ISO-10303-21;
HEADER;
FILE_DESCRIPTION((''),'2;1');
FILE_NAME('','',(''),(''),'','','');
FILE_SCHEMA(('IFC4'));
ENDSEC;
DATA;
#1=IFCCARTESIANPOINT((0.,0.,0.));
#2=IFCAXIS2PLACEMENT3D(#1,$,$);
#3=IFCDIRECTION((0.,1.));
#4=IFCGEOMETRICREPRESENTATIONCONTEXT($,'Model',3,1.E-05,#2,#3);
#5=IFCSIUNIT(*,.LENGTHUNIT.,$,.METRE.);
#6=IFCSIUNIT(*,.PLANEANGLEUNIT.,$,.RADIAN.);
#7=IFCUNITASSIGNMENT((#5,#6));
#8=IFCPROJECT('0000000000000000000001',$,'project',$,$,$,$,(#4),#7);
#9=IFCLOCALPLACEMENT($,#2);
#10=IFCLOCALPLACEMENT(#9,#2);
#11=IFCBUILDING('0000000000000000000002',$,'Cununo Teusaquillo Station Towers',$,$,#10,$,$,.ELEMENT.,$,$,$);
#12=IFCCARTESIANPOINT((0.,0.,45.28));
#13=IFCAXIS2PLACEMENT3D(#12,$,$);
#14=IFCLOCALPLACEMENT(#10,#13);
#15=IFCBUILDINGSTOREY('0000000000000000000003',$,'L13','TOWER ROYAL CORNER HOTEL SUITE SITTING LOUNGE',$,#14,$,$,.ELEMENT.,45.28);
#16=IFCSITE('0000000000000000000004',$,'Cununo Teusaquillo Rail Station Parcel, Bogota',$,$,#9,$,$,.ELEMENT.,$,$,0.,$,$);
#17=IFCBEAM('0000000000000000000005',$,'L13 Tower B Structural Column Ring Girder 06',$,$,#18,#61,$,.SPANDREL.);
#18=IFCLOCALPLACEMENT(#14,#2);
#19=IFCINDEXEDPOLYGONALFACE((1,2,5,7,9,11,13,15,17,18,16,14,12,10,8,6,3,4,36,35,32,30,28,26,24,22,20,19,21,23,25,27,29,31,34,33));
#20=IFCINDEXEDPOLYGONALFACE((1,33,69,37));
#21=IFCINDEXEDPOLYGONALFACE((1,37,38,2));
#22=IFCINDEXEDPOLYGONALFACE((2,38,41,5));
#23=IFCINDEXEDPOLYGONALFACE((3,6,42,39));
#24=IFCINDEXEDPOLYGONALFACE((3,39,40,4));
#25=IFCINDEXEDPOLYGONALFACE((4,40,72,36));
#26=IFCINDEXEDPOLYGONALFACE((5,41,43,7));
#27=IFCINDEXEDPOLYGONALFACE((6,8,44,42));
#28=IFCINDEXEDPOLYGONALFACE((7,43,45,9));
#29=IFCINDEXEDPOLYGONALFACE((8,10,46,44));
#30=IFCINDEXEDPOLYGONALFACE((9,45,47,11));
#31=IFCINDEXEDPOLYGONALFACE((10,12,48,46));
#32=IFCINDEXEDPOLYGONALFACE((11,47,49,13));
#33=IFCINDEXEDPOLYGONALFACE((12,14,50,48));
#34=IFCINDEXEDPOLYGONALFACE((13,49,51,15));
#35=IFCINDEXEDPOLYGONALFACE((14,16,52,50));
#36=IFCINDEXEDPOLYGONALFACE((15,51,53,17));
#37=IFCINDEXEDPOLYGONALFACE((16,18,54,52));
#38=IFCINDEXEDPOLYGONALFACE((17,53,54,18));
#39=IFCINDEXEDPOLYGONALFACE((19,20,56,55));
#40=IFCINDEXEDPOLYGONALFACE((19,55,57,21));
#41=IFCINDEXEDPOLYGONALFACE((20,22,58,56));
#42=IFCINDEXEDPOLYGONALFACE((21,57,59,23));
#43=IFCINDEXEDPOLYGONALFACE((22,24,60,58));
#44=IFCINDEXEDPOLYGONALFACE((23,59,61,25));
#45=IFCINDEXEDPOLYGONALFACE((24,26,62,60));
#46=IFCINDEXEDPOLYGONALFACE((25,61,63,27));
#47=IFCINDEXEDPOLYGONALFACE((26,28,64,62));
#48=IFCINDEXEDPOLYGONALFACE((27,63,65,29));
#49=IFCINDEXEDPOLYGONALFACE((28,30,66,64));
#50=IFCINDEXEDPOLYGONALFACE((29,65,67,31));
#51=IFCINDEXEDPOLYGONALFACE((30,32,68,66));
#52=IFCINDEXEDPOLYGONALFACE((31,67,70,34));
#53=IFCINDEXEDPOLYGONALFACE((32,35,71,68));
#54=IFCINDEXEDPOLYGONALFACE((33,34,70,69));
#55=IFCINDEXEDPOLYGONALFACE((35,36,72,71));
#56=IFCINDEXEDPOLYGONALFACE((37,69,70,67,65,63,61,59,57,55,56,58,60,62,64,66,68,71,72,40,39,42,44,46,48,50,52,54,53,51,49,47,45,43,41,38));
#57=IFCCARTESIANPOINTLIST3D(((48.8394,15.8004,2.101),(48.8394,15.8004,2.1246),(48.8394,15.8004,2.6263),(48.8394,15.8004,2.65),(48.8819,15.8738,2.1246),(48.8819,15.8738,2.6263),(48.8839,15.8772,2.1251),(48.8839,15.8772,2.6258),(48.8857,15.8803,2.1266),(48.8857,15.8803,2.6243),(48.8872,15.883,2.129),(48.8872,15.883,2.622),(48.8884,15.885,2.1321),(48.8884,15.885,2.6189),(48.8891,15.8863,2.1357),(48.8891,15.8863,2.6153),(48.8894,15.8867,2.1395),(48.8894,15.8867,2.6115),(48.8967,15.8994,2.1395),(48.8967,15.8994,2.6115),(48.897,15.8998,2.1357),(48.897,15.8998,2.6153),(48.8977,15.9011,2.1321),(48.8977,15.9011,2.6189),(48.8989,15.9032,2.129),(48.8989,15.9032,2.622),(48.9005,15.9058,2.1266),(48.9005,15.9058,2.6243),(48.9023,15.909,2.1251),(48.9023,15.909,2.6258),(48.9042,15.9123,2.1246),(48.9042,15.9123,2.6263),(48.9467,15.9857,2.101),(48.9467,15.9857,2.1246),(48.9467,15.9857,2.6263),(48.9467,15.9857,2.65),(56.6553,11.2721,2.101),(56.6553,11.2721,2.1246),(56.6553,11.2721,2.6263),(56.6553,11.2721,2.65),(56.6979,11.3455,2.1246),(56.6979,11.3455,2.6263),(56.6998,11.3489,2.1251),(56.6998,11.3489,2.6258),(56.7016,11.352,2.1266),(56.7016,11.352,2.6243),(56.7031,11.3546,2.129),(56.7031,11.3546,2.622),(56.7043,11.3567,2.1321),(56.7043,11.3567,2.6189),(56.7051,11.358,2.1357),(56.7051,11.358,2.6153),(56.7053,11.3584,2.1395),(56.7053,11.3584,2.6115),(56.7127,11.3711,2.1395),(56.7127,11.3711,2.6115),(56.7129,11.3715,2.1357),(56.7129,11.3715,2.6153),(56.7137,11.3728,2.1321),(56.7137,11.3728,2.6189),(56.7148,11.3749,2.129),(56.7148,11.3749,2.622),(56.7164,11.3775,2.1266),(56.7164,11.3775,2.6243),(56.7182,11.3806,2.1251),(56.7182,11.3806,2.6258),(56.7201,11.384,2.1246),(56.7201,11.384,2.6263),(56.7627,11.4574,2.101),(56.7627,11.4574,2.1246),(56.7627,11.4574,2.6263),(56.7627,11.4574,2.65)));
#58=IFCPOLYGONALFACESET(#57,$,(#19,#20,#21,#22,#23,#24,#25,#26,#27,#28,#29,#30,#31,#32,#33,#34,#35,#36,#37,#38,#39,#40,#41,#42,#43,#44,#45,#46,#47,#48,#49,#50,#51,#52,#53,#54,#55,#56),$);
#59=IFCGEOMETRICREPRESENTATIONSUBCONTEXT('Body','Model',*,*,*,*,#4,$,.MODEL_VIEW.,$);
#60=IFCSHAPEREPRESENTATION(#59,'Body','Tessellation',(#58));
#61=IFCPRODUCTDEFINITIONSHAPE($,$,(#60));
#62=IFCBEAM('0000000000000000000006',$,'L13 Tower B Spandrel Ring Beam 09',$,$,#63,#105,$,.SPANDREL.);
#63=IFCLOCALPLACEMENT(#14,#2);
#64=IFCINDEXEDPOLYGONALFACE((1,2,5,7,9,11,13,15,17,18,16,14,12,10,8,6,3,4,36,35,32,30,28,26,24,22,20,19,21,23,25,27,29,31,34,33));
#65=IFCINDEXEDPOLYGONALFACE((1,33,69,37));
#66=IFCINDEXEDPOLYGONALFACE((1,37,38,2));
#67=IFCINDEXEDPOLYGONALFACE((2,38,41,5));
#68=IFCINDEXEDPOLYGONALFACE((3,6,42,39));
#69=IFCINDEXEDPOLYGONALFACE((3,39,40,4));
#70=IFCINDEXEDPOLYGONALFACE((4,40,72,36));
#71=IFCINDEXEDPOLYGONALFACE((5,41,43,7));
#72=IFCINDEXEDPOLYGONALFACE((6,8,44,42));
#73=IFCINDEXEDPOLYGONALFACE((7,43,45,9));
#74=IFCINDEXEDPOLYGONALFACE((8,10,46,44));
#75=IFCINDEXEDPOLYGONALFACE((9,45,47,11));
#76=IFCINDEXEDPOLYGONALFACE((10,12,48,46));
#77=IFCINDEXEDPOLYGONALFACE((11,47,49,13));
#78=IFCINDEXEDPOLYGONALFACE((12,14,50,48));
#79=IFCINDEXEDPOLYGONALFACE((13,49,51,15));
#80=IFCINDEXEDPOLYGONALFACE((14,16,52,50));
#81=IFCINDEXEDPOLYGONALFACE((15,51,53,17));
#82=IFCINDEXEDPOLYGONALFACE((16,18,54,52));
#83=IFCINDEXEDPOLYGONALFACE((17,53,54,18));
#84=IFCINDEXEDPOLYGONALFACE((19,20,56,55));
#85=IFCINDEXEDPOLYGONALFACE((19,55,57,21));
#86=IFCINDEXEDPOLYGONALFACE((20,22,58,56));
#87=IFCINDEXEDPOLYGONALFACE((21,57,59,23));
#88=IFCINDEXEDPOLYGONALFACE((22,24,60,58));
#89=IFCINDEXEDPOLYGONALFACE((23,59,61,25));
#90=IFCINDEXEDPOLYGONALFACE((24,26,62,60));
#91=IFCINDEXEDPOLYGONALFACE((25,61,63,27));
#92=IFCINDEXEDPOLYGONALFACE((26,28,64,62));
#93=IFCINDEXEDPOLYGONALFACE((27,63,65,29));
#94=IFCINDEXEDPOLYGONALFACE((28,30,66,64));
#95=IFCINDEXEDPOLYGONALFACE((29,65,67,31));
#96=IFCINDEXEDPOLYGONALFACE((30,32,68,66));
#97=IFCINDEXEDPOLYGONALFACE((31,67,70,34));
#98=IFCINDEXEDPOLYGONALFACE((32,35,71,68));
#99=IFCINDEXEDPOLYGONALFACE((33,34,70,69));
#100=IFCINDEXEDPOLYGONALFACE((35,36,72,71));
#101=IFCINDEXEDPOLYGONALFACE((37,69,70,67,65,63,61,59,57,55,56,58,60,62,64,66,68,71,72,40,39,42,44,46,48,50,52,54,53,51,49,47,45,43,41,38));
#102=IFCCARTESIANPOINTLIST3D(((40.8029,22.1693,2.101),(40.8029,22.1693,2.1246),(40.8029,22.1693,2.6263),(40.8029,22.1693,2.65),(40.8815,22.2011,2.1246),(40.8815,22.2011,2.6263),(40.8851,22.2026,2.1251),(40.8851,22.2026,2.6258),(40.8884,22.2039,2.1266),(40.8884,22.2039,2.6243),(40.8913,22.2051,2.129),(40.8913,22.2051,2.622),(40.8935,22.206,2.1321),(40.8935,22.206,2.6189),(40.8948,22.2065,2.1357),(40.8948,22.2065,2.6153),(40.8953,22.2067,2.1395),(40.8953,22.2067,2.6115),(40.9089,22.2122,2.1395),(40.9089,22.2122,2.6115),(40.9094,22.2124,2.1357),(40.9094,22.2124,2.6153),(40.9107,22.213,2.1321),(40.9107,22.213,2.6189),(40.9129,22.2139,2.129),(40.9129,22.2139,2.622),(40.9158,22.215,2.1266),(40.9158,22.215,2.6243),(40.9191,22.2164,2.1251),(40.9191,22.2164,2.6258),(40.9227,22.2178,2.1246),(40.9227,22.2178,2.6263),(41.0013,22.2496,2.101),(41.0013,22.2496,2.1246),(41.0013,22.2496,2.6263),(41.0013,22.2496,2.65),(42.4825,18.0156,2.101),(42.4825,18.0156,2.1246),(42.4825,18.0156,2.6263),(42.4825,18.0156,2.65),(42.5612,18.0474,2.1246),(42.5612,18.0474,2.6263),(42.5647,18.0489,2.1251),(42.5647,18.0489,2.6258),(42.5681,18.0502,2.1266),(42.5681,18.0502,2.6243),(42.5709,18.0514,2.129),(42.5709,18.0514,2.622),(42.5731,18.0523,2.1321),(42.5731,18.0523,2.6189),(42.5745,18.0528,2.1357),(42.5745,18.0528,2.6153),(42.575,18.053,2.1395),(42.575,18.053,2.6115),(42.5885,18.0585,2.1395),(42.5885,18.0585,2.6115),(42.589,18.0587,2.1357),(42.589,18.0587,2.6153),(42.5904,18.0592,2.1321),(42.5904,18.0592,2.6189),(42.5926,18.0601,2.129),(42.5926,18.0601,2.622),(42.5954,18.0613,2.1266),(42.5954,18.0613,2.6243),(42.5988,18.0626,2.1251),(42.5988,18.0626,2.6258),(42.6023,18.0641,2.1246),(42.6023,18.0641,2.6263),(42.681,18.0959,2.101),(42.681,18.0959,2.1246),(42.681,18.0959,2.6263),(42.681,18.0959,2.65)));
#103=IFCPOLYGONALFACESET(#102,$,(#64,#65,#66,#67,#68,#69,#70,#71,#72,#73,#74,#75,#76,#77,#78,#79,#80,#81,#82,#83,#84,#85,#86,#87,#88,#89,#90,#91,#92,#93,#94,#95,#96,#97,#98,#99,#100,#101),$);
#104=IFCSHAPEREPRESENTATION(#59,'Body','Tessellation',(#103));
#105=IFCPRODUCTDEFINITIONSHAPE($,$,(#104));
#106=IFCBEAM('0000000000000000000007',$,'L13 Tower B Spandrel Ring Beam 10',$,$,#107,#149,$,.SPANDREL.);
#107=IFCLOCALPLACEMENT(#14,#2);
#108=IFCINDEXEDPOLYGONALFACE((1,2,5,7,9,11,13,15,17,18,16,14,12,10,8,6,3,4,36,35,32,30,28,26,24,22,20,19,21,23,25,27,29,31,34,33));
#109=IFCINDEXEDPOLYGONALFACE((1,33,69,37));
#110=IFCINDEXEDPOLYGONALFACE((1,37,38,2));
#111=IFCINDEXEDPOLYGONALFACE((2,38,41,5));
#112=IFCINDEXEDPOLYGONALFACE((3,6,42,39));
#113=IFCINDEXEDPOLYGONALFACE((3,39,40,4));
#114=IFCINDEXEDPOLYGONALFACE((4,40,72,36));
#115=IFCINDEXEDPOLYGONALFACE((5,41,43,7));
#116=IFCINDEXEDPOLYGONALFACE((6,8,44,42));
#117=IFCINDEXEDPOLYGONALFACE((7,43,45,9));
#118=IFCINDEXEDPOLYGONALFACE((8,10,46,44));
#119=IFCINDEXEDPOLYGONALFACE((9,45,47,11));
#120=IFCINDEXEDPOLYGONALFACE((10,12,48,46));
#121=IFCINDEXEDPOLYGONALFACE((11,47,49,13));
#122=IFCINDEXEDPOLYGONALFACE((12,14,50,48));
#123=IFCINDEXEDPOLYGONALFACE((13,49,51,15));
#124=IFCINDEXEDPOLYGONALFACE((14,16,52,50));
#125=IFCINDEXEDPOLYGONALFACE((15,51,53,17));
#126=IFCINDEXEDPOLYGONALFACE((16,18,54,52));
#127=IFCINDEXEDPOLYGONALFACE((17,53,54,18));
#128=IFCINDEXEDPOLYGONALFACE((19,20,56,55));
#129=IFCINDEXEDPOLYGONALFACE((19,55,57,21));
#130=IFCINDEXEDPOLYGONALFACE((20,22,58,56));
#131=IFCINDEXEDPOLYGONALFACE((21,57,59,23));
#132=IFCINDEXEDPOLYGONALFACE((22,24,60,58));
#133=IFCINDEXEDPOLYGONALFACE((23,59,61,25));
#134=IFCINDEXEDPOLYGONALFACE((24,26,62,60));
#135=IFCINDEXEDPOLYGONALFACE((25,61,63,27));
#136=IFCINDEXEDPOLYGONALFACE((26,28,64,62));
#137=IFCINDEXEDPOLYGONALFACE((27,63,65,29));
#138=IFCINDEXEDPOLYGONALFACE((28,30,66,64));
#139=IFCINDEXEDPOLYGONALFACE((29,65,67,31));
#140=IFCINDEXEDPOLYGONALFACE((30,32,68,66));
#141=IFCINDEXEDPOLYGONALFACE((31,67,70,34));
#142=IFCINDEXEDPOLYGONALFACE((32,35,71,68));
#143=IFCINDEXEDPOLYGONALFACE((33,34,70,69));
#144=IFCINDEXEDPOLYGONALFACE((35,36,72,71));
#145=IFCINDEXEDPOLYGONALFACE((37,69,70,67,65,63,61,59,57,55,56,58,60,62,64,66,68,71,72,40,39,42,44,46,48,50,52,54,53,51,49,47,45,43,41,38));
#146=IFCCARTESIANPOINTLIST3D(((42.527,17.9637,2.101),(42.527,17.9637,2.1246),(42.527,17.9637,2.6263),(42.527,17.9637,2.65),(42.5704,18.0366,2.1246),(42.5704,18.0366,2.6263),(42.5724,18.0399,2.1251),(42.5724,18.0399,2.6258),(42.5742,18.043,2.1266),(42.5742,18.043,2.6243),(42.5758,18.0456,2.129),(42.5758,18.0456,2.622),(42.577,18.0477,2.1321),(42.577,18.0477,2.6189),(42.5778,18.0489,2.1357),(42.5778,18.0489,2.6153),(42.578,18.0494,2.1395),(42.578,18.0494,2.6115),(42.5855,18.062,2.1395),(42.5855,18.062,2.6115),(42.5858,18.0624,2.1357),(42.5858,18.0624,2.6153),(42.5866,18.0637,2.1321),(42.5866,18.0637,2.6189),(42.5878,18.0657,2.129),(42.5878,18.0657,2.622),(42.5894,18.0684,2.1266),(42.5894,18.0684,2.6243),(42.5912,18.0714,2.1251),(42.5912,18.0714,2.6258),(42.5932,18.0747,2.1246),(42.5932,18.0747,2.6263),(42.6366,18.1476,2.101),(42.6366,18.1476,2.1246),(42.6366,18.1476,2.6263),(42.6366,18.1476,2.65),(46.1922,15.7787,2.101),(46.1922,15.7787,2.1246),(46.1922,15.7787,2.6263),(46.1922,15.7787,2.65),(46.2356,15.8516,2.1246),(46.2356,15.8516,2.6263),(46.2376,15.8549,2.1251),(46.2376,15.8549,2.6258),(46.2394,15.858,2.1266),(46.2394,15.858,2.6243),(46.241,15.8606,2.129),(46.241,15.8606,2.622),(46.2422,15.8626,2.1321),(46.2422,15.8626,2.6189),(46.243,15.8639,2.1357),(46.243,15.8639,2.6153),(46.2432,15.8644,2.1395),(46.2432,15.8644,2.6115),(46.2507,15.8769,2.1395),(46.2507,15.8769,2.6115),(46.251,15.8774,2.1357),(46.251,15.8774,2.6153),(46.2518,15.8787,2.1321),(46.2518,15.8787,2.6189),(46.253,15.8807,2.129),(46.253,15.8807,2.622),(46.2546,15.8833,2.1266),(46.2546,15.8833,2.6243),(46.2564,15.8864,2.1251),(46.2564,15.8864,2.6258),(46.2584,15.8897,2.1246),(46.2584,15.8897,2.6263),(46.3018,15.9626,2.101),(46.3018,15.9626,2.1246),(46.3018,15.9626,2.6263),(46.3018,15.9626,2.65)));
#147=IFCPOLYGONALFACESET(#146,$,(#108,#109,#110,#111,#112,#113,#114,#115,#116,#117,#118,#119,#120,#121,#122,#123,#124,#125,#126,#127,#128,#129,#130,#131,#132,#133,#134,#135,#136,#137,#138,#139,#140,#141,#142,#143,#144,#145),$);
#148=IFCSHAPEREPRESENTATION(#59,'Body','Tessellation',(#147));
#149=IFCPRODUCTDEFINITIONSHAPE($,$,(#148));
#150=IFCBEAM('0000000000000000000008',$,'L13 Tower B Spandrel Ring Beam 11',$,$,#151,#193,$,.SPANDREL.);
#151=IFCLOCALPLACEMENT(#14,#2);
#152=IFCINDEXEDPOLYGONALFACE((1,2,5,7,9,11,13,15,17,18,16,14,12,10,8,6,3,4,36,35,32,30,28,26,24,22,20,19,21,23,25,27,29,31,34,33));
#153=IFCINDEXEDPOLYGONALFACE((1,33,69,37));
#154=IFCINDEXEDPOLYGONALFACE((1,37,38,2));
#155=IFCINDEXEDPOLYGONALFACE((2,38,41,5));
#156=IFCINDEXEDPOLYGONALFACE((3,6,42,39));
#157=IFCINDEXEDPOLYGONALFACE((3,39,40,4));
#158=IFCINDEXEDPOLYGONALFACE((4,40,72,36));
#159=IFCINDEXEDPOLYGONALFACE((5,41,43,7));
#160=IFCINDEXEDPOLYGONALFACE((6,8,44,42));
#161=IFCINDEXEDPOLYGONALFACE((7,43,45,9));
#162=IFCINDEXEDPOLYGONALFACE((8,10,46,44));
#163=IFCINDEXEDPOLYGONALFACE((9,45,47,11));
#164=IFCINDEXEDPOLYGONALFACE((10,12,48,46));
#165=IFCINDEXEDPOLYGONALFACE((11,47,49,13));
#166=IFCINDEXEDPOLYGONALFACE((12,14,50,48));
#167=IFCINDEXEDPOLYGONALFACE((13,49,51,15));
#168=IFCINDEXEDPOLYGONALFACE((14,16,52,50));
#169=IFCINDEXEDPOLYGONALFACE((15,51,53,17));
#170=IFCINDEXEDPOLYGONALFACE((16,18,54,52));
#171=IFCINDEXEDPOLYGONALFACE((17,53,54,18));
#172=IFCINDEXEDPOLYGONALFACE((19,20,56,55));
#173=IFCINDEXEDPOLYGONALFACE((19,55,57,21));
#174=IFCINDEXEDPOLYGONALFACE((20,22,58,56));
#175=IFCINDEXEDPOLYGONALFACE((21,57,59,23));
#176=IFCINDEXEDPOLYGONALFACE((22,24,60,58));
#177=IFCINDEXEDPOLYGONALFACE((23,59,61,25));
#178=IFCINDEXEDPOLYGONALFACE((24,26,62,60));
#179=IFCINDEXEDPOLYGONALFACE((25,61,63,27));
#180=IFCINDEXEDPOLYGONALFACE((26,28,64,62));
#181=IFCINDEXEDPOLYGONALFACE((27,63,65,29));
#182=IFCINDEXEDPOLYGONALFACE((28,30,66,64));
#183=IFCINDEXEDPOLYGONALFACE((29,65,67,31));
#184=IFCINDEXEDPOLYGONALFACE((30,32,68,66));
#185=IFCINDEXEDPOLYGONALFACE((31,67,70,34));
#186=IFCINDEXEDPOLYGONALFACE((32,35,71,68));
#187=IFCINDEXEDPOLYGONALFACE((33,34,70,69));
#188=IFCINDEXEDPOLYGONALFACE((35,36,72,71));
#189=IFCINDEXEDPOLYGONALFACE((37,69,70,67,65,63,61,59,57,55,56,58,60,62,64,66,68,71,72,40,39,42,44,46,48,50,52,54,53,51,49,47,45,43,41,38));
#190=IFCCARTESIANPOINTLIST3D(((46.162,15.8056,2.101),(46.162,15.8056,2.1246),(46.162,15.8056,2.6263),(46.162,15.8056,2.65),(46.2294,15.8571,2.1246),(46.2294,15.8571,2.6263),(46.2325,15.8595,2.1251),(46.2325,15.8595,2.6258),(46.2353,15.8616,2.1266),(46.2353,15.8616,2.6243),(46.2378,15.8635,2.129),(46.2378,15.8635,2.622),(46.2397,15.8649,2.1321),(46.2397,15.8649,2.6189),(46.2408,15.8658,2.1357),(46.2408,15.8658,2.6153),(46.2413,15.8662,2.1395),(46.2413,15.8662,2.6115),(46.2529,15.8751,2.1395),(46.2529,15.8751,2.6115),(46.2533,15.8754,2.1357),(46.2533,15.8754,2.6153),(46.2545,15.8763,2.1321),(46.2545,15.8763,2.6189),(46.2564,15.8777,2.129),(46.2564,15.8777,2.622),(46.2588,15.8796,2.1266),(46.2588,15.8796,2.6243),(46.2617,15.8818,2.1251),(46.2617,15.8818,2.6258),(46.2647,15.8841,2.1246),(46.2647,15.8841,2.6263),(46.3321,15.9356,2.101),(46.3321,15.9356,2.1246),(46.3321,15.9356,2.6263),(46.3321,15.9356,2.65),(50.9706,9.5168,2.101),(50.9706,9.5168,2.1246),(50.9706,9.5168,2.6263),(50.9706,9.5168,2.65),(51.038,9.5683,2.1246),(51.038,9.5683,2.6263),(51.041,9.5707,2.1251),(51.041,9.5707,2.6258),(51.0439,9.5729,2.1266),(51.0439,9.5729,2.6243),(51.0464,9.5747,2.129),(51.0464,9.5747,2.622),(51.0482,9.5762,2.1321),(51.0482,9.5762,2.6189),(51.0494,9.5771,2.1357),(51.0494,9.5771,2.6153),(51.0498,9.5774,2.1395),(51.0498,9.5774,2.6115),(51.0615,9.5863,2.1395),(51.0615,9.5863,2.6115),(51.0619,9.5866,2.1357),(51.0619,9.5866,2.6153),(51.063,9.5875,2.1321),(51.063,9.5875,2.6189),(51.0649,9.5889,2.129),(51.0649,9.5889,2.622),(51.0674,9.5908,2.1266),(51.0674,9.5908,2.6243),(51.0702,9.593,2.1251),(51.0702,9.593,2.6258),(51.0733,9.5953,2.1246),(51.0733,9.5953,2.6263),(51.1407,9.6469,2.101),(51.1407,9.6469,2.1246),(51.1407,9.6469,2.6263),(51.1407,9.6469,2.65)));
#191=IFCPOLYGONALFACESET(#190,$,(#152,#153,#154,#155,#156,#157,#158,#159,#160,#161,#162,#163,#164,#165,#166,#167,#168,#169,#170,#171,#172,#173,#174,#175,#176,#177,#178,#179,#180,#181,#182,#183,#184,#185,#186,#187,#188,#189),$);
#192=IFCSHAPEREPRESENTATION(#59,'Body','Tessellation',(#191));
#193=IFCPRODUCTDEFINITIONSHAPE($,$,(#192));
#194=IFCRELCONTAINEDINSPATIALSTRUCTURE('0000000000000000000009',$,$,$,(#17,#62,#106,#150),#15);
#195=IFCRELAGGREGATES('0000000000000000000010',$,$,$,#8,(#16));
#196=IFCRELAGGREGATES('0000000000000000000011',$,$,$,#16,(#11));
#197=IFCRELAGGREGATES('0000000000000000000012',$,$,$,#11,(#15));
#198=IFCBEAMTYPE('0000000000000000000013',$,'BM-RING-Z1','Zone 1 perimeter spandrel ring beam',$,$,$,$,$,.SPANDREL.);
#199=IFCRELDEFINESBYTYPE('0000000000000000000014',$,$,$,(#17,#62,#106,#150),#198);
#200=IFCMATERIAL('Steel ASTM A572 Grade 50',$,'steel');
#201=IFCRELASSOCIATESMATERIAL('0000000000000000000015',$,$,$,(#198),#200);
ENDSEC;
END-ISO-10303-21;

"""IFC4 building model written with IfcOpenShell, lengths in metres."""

from ifc_helpers import new_model, si_unit, direction, frame, origin, origin_2d, place, context, subcontext, project, spatial, i_section, extrude, material, material_profile, profile_set, type_object, element, save


model = new_model("IFC4")

# Units and contexts
model_context = context("Model", 3, precision=1e-05, world=origin(), true_north=direction((0.0, 1.0)))
body_context = subcontext(model_context, "Body", "Model", "MODEL_VIEW")
ifc_project = project(units=[si_unit("LENGTHUNIT", "METRE"), si_unit("PLANEANGLEUNIT", "RADIAN")], contexts=[model_context])

# Site, building, storey
site_placement = place(None, origin())
site = spatial("IfcSite", under=ifc_project, at=site_placement, Name="Cununo Teusaquillo Rail Station Parcel, Bogota", CompositionType="ELEMENT", RefElevation=0.0)
building_placement = place(site_placement, origin())
building = spatial("IfcBuilding", under=site, at=building_placement, Name="Cununo Teusaquillo Station Towers", CompositionType="ELEMENT")
storey_placement = place(building_placement, frame((0.0, 0.0, 45.28)))
storey = spatial("IfcBuildingStorey", under=building, at=storey_placement, Name="L13", Description="TOWER ROYAL CORNER HOTEL SUITE SITTING LOUNGE", CompositionType="ELEMENT", Elevation=45.28)

# Beams
ifc_material_1 = material(Name="Steel ASTM A572 Grade 50", Category="steel")
ifc_material_profile_1 = material_profile(ifc_material_1, i_section(OverallWidth=0.2141, OverallDepth=0.5491, WebThickness=0.0146, FlangeThickness=0.0237, FilletRadius=0.0149, at=origin_2d()), Name="W21X93")
ifc_profile_set_1 = profile_set([ifc_material_profile_1], Name="Steel ASTM A572 Grade 50")
beam_type_1 = type_object("IfcBeamType", Name="BM-RING-Z1", Description="Zone 1 perimeter spandrel ring beam", PredefinedType="SPANDREL", material=ifc_profile_set_1)
for number, where, z_axis, x_axis, name in (
    (1, (48.8931, 15.8931, 2.3755), (0.865267, -0.501311, 0.0), (0.501311, 0.865267, 0.0), "L13 Tower B Structural Column Ring Girder 06"),
):
    element("IfcBeam", number, at=place(storey_placement, frame(where, z_axis=z_axis, x_axis=x_axis)), inside=storey, type_object=beam_type_1, Name=name, PredefinedType="SPANDREL", context=body_context, shape_type="SweptSolid", body=[
        extrude(i_section(OverallWidth=0.2141, OverallDepth=0.5491, WebThickness=0.0146, FlangeThickness=0.0237, FilletRadius=0.0149, at=origin_2d()), origin(), (0.0, 0.0, 1.0), 9.033),
    ])
beam_1_placement = place(storey_placement, frame((40.9021, 22.2095, 2.3755), z_axis=(0.374883, -0.927072, 0.0), x_axis=(0.927072, 0.374883, 0.0)))
element("IfcBeam", 2, at=beam_1_placement, inside=storey, type_object=beam_type_1, Name="L13 Tower B Spandrel Ring Beam 09", PredefinedType="SPANDREL", context=body_context, shape_type="SweptSolid", body=[
    extrude(i_section(OverallWidth=0.2141, OverallDepth=0.5491, WebThickness=0.0146, FlangeThickness=0.0237, FilletRadius=0.0149, at=origin_2d()), origin(), (0.0, 0.0, 1.0), 4.4805),
])
beam_2_placement = place(storey_placement, frame((42.5818, 18.0557, 2.3755), z_axis=(0.858948, -0.512062, 0.0), x_axis=(0.512062, 0.858948, 0.0)))
element("IfcBeam", 3, at=beam_2_placement, inside=storey, type_object=beam_type_1, Name="L13 Tower B Spandrel Ring Beam 10", PredefinedType="SPANDREL", context=body_context, shape_type="SweptSolid", body=[
    extrude(i_section(OverallWidth=0.2141, OverallDepth=0.5491, WebThickness=0.0146, FlangeThickness=0.0237, FilletRadius=0.0149, at=origin_2d()), origin(), (0.0, 0.0, 1.0), 4.2671),
])
beam_3_placement = place(storey_placement, frame((46.2471, 15.8706, 2.3755), z_axis=(0.60741, -0.794388, 0.0), x_axis=(0.794388, 0.60741, 0.0)))
element("IfcBeam", 4, at=beam_3_placement, inside=storey, type_object=beam_type_1, Name="L13 Tower B Spandrel Ring Beam 11", PredefinedType="SPANDREL", context=body_context, shape_type="SweptSolid", body=[
    extrude(i_section(OverallWidth=0.2141, OverallDepth=0.5491, WebThickness=0.0146, FlangeThickness=0.0237, FilletRadius=0.0149, at=origin_2d()), origin(), (0.0, 0.0, 1.0), 7.9165),
])

save(model, "model.ifc")
